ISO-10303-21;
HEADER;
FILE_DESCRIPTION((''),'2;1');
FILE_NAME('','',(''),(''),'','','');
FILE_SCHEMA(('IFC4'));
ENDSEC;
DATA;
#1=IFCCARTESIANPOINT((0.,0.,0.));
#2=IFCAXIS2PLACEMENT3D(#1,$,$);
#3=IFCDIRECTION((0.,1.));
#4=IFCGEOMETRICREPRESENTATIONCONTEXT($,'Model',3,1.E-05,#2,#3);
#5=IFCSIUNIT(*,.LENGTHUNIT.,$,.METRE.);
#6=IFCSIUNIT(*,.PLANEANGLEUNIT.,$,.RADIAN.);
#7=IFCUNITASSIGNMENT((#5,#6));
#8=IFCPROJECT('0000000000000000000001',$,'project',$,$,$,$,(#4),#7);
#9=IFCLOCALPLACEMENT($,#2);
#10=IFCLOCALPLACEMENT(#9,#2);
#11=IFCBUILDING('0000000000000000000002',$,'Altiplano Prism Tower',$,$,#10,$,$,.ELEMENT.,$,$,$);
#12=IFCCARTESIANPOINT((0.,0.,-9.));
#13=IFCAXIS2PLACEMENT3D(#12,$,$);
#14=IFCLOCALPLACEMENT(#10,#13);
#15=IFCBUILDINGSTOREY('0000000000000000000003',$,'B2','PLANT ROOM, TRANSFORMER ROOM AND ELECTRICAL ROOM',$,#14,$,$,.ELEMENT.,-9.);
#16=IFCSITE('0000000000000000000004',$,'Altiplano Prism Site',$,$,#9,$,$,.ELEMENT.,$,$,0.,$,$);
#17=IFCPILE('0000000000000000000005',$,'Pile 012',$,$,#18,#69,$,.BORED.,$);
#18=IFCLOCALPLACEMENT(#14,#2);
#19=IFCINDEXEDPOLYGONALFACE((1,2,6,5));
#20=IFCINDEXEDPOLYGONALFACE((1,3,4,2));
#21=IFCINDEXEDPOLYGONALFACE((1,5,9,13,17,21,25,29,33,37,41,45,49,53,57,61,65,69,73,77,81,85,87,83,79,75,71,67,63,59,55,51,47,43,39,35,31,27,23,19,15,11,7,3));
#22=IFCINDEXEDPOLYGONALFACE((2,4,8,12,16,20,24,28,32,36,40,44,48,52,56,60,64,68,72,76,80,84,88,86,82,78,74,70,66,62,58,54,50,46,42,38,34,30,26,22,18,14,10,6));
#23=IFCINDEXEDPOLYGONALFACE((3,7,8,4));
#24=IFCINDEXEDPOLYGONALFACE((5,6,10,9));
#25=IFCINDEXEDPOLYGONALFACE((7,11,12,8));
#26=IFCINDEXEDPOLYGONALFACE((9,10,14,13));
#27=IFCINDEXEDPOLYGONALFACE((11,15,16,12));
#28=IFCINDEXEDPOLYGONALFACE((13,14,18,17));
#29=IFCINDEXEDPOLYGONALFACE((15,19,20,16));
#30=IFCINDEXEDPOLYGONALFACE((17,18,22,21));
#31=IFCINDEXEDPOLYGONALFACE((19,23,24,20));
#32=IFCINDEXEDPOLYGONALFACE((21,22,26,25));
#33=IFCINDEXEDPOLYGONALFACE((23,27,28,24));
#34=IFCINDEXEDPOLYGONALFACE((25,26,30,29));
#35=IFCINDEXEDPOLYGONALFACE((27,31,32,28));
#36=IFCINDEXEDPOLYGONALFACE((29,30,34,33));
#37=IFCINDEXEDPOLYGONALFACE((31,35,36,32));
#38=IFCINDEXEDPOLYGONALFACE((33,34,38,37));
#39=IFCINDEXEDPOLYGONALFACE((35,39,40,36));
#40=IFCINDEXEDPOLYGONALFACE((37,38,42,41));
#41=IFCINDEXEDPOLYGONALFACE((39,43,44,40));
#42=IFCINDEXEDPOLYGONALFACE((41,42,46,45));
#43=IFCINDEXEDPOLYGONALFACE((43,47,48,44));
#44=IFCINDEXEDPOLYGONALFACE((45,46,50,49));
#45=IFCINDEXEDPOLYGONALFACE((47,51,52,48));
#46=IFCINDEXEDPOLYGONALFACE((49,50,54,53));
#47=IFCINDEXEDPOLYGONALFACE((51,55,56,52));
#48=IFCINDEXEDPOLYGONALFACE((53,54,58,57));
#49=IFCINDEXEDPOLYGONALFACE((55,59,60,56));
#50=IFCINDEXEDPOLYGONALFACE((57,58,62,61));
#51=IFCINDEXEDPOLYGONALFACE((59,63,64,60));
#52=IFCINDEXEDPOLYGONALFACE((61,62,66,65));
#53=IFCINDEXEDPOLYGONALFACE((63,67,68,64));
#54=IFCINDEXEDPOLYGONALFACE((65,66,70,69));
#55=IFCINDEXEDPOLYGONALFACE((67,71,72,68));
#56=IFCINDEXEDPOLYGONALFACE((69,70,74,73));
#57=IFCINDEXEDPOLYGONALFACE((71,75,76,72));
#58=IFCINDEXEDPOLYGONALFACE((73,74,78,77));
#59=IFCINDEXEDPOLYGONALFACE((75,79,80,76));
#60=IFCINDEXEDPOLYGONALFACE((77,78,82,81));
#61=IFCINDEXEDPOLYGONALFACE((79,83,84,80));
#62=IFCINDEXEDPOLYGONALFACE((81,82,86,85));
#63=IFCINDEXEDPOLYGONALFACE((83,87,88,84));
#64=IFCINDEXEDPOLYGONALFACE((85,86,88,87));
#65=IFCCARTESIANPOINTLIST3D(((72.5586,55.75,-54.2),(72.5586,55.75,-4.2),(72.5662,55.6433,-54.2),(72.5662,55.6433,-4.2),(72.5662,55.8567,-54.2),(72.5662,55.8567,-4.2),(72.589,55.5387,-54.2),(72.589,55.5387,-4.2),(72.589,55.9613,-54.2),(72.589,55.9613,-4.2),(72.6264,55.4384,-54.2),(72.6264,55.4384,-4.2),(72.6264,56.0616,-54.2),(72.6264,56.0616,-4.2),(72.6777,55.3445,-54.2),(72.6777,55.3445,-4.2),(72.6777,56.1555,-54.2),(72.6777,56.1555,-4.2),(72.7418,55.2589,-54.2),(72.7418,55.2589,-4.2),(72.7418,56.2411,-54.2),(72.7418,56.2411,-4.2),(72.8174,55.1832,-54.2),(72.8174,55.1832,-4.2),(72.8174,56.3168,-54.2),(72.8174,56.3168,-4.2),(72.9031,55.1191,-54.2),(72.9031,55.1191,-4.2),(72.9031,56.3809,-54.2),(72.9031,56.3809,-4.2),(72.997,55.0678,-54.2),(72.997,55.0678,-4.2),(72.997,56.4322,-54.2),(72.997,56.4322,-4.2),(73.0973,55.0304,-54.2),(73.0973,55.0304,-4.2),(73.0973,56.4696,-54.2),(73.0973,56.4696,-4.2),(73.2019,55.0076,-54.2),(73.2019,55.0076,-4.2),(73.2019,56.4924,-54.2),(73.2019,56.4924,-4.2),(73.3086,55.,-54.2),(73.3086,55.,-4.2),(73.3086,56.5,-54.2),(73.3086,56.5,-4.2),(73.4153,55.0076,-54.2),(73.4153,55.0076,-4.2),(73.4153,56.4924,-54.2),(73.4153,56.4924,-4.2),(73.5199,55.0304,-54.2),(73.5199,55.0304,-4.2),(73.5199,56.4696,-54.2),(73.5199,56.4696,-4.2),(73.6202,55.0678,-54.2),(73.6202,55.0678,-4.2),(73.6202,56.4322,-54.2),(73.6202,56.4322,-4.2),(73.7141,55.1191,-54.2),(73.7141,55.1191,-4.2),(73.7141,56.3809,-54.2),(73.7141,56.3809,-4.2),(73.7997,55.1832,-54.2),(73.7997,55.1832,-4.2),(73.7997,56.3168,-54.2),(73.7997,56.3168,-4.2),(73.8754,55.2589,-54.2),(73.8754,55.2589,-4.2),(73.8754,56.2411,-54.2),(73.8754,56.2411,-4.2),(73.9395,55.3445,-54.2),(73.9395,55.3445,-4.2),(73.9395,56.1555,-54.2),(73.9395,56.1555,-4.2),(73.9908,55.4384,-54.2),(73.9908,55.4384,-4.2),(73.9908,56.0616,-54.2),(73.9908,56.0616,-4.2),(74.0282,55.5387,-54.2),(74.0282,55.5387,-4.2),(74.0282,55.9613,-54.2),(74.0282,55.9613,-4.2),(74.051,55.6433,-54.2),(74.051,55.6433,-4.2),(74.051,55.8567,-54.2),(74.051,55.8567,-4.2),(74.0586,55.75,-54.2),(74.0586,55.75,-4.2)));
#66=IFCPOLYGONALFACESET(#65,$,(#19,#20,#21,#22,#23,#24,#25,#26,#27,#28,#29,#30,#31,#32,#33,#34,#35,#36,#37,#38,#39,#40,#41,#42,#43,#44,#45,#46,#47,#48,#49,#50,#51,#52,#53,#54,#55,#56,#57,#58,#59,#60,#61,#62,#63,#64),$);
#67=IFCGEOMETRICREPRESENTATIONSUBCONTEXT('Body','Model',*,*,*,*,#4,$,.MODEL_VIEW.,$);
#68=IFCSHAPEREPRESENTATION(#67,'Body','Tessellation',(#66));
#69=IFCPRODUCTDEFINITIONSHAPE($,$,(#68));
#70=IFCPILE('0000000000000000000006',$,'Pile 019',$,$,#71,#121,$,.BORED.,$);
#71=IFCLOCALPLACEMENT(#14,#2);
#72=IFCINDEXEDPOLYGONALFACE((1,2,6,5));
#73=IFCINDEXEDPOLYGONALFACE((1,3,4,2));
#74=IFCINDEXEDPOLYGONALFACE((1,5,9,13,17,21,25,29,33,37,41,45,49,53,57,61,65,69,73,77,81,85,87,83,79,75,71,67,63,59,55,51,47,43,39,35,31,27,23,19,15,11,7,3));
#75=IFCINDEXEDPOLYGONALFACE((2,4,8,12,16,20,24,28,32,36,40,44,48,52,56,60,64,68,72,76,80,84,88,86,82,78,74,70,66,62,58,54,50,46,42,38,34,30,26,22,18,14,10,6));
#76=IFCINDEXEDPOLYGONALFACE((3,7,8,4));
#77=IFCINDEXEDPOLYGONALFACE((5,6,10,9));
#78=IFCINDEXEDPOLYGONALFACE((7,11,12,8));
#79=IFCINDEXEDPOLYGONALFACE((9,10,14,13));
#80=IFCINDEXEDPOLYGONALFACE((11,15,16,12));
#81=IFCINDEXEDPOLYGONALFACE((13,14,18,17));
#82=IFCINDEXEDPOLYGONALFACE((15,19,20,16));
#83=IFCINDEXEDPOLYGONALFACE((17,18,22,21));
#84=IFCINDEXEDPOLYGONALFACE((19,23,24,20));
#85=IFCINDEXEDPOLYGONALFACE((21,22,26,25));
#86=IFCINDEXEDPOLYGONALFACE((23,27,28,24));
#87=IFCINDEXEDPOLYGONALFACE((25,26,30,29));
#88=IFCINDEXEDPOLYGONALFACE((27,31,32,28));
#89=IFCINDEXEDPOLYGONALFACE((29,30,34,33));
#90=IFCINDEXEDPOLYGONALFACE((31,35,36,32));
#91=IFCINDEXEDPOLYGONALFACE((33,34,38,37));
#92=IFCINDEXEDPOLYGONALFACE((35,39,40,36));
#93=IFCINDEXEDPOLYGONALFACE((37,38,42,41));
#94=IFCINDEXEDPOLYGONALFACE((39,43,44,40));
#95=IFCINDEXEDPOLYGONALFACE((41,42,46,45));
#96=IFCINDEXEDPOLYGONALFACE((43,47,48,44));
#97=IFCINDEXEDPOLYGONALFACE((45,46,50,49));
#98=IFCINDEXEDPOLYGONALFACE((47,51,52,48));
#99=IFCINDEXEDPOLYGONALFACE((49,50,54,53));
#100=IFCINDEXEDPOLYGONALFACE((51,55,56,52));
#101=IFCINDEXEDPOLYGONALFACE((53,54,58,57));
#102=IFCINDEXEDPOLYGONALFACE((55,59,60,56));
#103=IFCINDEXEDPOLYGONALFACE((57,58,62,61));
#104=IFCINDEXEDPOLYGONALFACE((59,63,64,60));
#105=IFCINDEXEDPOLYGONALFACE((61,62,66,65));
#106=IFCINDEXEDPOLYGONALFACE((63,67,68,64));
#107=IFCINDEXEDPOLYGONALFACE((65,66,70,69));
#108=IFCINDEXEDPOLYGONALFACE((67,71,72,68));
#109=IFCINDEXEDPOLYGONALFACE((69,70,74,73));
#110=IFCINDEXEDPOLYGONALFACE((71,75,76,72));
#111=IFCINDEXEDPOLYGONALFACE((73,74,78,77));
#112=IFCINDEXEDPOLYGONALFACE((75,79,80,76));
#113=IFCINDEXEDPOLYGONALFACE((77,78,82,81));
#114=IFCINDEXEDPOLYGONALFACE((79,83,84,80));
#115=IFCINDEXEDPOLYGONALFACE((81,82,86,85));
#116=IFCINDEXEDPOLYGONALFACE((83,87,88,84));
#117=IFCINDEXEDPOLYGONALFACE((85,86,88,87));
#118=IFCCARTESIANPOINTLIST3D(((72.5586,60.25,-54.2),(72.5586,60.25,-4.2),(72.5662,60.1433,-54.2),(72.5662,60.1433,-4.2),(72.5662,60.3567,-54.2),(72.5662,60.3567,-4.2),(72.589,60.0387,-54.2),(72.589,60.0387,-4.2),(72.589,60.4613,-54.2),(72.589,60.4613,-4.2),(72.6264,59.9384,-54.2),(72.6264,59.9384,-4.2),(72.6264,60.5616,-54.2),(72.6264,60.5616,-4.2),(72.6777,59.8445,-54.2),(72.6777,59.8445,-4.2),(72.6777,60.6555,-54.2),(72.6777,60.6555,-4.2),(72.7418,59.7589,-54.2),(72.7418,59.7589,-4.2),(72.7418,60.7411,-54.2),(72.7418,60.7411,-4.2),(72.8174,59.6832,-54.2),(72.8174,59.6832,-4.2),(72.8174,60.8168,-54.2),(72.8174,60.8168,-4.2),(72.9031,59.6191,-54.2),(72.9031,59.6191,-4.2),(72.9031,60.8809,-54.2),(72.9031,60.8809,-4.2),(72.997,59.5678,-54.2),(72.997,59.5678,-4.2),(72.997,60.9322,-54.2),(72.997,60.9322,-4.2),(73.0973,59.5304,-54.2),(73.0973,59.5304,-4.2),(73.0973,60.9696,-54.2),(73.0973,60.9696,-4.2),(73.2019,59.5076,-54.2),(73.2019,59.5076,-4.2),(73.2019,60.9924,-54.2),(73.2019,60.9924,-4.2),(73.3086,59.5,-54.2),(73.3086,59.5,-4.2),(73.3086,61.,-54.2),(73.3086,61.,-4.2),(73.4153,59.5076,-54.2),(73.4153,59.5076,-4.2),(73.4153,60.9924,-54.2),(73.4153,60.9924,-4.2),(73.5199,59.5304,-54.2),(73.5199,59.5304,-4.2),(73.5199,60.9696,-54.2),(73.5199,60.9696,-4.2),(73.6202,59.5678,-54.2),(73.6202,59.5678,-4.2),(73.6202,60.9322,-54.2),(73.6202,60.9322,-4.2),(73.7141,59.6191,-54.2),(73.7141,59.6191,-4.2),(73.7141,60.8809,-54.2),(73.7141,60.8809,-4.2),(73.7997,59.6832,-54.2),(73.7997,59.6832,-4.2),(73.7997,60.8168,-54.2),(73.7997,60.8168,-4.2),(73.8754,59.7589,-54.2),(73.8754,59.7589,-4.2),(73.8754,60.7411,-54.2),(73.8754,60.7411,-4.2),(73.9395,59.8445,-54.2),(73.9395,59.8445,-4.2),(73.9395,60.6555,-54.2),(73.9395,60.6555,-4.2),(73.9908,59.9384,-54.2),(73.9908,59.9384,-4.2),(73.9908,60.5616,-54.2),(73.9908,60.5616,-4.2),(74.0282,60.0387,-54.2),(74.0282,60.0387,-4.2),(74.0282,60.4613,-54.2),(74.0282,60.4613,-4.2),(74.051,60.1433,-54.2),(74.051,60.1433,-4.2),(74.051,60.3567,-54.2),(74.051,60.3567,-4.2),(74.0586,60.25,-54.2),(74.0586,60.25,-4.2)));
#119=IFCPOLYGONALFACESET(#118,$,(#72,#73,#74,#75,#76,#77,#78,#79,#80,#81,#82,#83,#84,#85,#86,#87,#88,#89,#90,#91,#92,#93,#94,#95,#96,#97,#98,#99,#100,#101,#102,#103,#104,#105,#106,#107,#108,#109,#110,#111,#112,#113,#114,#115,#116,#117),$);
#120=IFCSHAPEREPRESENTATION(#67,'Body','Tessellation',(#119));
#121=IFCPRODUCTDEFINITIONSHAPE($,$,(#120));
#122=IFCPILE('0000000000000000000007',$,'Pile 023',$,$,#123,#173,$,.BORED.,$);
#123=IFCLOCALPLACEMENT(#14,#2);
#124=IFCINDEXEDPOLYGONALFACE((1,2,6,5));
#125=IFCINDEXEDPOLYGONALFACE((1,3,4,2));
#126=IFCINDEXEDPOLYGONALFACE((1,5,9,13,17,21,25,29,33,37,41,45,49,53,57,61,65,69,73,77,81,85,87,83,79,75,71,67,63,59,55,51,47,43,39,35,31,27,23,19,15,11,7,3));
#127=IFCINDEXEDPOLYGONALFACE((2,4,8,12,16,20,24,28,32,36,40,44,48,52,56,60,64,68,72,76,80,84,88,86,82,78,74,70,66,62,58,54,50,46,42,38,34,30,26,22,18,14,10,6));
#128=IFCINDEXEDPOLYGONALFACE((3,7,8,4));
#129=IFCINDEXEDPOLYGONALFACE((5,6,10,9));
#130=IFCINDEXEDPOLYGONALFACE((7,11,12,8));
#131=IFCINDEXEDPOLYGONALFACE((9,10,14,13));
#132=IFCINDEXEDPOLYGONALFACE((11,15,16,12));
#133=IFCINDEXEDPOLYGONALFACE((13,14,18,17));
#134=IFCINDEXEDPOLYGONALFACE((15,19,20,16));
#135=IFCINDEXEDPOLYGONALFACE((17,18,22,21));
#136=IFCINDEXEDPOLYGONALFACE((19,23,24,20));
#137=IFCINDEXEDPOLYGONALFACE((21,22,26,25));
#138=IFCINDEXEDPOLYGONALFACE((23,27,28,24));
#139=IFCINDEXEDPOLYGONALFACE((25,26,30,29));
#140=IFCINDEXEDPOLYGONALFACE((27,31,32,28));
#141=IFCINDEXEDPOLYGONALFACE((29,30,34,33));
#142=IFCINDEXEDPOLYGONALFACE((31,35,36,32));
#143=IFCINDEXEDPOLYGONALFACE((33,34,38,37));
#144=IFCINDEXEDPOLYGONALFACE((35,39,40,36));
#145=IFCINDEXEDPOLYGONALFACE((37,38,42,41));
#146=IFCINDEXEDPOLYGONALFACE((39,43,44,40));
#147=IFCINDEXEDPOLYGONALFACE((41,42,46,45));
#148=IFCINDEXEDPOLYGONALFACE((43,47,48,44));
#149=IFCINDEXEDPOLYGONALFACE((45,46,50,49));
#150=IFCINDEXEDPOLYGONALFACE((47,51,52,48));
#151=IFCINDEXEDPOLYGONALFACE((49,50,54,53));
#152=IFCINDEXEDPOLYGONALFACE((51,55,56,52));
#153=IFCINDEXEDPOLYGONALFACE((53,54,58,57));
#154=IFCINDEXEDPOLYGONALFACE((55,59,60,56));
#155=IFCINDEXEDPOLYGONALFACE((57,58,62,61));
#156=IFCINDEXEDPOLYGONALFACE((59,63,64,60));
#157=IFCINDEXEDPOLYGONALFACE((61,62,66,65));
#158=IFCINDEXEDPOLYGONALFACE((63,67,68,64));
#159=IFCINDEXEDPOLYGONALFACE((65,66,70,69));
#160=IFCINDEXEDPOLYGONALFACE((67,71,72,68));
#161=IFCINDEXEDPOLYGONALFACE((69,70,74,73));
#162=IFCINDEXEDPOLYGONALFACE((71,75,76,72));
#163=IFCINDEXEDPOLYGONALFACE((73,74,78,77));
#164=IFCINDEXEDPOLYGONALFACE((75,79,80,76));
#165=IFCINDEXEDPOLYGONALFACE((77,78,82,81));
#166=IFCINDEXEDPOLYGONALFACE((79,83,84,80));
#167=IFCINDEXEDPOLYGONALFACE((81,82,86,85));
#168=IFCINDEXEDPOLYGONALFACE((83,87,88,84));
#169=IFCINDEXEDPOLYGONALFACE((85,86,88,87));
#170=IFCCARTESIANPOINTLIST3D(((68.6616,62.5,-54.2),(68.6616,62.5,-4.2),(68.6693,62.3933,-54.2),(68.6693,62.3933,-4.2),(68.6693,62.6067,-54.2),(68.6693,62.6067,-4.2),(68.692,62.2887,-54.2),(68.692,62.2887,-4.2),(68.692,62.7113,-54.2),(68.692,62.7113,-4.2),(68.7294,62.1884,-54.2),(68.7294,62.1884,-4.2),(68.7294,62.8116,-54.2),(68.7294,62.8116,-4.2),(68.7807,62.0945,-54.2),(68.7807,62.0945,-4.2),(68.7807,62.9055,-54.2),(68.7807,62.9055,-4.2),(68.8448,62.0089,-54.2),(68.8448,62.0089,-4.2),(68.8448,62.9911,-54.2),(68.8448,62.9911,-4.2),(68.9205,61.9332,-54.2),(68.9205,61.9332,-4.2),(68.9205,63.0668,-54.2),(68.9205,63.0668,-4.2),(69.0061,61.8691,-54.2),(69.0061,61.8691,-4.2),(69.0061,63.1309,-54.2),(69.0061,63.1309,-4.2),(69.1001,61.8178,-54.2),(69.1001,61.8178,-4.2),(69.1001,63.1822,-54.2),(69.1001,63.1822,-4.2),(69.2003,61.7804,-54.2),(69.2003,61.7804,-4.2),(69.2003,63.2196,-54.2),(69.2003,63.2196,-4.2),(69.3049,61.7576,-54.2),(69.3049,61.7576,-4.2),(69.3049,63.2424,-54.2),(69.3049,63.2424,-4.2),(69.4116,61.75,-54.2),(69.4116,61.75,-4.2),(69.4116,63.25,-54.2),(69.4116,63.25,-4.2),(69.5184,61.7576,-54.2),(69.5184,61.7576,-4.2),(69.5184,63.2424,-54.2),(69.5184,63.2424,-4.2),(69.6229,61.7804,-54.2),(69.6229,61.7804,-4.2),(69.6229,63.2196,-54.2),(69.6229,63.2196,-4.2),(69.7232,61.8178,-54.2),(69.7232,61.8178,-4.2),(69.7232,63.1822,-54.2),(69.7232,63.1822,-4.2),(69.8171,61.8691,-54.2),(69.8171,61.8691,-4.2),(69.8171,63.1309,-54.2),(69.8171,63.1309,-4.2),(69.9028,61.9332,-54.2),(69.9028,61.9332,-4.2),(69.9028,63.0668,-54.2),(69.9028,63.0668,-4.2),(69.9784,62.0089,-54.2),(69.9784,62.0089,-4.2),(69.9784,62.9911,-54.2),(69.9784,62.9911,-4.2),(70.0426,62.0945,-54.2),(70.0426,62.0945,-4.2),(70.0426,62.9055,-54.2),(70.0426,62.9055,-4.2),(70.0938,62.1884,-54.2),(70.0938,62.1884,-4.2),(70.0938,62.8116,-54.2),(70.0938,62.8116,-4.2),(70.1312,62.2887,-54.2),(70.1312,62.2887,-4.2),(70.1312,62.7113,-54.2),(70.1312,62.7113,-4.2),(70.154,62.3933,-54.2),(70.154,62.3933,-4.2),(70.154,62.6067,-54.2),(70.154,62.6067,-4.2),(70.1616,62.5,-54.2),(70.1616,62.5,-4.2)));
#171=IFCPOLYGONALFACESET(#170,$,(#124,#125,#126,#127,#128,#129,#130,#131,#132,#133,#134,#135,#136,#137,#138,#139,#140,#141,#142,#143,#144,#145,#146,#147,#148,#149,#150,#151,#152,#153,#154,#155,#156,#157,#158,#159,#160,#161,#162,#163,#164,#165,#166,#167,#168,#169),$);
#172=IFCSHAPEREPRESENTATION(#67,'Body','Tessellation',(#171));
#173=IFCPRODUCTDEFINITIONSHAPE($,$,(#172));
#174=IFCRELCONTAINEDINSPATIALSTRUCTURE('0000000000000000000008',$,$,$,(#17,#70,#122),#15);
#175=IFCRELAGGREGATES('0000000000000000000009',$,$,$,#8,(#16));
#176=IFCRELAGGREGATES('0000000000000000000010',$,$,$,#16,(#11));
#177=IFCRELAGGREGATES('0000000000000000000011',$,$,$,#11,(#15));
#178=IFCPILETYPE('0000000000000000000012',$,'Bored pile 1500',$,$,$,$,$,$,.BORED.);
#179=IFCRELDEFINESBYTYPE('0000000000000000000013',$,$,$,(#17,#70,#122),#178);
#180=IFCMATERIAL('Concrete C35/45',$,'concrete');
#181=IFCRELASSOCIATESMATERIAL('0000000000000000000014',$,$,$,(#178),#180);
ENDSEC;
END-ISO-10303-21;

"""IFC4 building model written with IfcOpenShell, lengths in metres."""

from ifc_helpers import new_model, si_unit, direction, frame, origin, origin_2d, place, context, subcontext, project, spatial, circle, extrude, material, material_profile, profile_set, type_object, element, save


model = new_model("IFC4")

# Units and contexts
model_context = context("Model", 3, precision=1e-05, world=origin(), true_north=direction((0.0, 1.0)))
body_context = subcontext(model_context, "Body", "Model", "MODEL_VIEW")
ifc_project = project(units=[si_unit("LENGTHUNIT", "METRE"), si_unit("PLANEANGLEUNIT", "RADIAN")], contexts=[model_context])

# Site, building, storey
site_placement = place(None, origin())
site = spatial("IfcSite", under=ifc_project, at=site_placement, Name="Altiplano Prism Site", CompositionType="ELEMENT", RefElevation=0.0)
building_placement = place(site_placement, origin())
building = spatial("IfcBuilding", under=site, at=building_placement, Name="Altiplano Prism Tower", CompositionType="ELEMENT")
storey_placement = place(building_placement, frame((0.0, 0.0, -9.0)))
storey = spatial("IfcBuildingStorey", under=building, at=storey_placement, Name="B2", Description="PLANT ROOM, TRANSFORMER ROOM AND ELECTRICAL ROOM", CompositionType="ELEMENT", Elevation=-9.0)

# Piles
ifc_material_1 = material(Name="Concrete C35/45", Category="concrete")
ifc_material_profile_1 = material_profile(ifc_material_1, circle(Radius=0.75, at=origin_2d()), Name="Bored pile 1500")
ifc_profile_set_1 = profile_set([ifc_material_profile_1], Name="Concrete C35/45")
pile_type = type_object("IfcPileType", Name="Bored pile 1500", PredefinedType="BORED", material=ifc_profile_set_1)
for number, where, z_axis, x_axis, name in (
    (1, (73.3086, 55.75, -4.2), (0.0, 0.0, -1.0), (1.0, 0.0, 0.0), "Pile 012"),
    (2, (73.3086, 60.25, -4.2), (0.0, 0.0, -1.0), (1.0, 0.0, 0.0), "Pile 019"),
    (3, (69.4116, 62.5, -4.2), (0.0, 0.0, -1.0), (1.0, 0.0, 0.0), "Pile 023"),
):
    element("IfcPile", number, at=place(storey_placement, frame(where, z_axis=z_axis, x_axis=x_axis)), inside=storey, type_object=pile_type, Name=name, PredefinedType="BORED", context=body_context, shape_type="SweptSolid", body=[
        extrude(circle(Radius=0.75, at=origin_2d()), origin(), (0.0, 0.0, 1.0), 50.0),
    ])

save(model, "model.ifc")
